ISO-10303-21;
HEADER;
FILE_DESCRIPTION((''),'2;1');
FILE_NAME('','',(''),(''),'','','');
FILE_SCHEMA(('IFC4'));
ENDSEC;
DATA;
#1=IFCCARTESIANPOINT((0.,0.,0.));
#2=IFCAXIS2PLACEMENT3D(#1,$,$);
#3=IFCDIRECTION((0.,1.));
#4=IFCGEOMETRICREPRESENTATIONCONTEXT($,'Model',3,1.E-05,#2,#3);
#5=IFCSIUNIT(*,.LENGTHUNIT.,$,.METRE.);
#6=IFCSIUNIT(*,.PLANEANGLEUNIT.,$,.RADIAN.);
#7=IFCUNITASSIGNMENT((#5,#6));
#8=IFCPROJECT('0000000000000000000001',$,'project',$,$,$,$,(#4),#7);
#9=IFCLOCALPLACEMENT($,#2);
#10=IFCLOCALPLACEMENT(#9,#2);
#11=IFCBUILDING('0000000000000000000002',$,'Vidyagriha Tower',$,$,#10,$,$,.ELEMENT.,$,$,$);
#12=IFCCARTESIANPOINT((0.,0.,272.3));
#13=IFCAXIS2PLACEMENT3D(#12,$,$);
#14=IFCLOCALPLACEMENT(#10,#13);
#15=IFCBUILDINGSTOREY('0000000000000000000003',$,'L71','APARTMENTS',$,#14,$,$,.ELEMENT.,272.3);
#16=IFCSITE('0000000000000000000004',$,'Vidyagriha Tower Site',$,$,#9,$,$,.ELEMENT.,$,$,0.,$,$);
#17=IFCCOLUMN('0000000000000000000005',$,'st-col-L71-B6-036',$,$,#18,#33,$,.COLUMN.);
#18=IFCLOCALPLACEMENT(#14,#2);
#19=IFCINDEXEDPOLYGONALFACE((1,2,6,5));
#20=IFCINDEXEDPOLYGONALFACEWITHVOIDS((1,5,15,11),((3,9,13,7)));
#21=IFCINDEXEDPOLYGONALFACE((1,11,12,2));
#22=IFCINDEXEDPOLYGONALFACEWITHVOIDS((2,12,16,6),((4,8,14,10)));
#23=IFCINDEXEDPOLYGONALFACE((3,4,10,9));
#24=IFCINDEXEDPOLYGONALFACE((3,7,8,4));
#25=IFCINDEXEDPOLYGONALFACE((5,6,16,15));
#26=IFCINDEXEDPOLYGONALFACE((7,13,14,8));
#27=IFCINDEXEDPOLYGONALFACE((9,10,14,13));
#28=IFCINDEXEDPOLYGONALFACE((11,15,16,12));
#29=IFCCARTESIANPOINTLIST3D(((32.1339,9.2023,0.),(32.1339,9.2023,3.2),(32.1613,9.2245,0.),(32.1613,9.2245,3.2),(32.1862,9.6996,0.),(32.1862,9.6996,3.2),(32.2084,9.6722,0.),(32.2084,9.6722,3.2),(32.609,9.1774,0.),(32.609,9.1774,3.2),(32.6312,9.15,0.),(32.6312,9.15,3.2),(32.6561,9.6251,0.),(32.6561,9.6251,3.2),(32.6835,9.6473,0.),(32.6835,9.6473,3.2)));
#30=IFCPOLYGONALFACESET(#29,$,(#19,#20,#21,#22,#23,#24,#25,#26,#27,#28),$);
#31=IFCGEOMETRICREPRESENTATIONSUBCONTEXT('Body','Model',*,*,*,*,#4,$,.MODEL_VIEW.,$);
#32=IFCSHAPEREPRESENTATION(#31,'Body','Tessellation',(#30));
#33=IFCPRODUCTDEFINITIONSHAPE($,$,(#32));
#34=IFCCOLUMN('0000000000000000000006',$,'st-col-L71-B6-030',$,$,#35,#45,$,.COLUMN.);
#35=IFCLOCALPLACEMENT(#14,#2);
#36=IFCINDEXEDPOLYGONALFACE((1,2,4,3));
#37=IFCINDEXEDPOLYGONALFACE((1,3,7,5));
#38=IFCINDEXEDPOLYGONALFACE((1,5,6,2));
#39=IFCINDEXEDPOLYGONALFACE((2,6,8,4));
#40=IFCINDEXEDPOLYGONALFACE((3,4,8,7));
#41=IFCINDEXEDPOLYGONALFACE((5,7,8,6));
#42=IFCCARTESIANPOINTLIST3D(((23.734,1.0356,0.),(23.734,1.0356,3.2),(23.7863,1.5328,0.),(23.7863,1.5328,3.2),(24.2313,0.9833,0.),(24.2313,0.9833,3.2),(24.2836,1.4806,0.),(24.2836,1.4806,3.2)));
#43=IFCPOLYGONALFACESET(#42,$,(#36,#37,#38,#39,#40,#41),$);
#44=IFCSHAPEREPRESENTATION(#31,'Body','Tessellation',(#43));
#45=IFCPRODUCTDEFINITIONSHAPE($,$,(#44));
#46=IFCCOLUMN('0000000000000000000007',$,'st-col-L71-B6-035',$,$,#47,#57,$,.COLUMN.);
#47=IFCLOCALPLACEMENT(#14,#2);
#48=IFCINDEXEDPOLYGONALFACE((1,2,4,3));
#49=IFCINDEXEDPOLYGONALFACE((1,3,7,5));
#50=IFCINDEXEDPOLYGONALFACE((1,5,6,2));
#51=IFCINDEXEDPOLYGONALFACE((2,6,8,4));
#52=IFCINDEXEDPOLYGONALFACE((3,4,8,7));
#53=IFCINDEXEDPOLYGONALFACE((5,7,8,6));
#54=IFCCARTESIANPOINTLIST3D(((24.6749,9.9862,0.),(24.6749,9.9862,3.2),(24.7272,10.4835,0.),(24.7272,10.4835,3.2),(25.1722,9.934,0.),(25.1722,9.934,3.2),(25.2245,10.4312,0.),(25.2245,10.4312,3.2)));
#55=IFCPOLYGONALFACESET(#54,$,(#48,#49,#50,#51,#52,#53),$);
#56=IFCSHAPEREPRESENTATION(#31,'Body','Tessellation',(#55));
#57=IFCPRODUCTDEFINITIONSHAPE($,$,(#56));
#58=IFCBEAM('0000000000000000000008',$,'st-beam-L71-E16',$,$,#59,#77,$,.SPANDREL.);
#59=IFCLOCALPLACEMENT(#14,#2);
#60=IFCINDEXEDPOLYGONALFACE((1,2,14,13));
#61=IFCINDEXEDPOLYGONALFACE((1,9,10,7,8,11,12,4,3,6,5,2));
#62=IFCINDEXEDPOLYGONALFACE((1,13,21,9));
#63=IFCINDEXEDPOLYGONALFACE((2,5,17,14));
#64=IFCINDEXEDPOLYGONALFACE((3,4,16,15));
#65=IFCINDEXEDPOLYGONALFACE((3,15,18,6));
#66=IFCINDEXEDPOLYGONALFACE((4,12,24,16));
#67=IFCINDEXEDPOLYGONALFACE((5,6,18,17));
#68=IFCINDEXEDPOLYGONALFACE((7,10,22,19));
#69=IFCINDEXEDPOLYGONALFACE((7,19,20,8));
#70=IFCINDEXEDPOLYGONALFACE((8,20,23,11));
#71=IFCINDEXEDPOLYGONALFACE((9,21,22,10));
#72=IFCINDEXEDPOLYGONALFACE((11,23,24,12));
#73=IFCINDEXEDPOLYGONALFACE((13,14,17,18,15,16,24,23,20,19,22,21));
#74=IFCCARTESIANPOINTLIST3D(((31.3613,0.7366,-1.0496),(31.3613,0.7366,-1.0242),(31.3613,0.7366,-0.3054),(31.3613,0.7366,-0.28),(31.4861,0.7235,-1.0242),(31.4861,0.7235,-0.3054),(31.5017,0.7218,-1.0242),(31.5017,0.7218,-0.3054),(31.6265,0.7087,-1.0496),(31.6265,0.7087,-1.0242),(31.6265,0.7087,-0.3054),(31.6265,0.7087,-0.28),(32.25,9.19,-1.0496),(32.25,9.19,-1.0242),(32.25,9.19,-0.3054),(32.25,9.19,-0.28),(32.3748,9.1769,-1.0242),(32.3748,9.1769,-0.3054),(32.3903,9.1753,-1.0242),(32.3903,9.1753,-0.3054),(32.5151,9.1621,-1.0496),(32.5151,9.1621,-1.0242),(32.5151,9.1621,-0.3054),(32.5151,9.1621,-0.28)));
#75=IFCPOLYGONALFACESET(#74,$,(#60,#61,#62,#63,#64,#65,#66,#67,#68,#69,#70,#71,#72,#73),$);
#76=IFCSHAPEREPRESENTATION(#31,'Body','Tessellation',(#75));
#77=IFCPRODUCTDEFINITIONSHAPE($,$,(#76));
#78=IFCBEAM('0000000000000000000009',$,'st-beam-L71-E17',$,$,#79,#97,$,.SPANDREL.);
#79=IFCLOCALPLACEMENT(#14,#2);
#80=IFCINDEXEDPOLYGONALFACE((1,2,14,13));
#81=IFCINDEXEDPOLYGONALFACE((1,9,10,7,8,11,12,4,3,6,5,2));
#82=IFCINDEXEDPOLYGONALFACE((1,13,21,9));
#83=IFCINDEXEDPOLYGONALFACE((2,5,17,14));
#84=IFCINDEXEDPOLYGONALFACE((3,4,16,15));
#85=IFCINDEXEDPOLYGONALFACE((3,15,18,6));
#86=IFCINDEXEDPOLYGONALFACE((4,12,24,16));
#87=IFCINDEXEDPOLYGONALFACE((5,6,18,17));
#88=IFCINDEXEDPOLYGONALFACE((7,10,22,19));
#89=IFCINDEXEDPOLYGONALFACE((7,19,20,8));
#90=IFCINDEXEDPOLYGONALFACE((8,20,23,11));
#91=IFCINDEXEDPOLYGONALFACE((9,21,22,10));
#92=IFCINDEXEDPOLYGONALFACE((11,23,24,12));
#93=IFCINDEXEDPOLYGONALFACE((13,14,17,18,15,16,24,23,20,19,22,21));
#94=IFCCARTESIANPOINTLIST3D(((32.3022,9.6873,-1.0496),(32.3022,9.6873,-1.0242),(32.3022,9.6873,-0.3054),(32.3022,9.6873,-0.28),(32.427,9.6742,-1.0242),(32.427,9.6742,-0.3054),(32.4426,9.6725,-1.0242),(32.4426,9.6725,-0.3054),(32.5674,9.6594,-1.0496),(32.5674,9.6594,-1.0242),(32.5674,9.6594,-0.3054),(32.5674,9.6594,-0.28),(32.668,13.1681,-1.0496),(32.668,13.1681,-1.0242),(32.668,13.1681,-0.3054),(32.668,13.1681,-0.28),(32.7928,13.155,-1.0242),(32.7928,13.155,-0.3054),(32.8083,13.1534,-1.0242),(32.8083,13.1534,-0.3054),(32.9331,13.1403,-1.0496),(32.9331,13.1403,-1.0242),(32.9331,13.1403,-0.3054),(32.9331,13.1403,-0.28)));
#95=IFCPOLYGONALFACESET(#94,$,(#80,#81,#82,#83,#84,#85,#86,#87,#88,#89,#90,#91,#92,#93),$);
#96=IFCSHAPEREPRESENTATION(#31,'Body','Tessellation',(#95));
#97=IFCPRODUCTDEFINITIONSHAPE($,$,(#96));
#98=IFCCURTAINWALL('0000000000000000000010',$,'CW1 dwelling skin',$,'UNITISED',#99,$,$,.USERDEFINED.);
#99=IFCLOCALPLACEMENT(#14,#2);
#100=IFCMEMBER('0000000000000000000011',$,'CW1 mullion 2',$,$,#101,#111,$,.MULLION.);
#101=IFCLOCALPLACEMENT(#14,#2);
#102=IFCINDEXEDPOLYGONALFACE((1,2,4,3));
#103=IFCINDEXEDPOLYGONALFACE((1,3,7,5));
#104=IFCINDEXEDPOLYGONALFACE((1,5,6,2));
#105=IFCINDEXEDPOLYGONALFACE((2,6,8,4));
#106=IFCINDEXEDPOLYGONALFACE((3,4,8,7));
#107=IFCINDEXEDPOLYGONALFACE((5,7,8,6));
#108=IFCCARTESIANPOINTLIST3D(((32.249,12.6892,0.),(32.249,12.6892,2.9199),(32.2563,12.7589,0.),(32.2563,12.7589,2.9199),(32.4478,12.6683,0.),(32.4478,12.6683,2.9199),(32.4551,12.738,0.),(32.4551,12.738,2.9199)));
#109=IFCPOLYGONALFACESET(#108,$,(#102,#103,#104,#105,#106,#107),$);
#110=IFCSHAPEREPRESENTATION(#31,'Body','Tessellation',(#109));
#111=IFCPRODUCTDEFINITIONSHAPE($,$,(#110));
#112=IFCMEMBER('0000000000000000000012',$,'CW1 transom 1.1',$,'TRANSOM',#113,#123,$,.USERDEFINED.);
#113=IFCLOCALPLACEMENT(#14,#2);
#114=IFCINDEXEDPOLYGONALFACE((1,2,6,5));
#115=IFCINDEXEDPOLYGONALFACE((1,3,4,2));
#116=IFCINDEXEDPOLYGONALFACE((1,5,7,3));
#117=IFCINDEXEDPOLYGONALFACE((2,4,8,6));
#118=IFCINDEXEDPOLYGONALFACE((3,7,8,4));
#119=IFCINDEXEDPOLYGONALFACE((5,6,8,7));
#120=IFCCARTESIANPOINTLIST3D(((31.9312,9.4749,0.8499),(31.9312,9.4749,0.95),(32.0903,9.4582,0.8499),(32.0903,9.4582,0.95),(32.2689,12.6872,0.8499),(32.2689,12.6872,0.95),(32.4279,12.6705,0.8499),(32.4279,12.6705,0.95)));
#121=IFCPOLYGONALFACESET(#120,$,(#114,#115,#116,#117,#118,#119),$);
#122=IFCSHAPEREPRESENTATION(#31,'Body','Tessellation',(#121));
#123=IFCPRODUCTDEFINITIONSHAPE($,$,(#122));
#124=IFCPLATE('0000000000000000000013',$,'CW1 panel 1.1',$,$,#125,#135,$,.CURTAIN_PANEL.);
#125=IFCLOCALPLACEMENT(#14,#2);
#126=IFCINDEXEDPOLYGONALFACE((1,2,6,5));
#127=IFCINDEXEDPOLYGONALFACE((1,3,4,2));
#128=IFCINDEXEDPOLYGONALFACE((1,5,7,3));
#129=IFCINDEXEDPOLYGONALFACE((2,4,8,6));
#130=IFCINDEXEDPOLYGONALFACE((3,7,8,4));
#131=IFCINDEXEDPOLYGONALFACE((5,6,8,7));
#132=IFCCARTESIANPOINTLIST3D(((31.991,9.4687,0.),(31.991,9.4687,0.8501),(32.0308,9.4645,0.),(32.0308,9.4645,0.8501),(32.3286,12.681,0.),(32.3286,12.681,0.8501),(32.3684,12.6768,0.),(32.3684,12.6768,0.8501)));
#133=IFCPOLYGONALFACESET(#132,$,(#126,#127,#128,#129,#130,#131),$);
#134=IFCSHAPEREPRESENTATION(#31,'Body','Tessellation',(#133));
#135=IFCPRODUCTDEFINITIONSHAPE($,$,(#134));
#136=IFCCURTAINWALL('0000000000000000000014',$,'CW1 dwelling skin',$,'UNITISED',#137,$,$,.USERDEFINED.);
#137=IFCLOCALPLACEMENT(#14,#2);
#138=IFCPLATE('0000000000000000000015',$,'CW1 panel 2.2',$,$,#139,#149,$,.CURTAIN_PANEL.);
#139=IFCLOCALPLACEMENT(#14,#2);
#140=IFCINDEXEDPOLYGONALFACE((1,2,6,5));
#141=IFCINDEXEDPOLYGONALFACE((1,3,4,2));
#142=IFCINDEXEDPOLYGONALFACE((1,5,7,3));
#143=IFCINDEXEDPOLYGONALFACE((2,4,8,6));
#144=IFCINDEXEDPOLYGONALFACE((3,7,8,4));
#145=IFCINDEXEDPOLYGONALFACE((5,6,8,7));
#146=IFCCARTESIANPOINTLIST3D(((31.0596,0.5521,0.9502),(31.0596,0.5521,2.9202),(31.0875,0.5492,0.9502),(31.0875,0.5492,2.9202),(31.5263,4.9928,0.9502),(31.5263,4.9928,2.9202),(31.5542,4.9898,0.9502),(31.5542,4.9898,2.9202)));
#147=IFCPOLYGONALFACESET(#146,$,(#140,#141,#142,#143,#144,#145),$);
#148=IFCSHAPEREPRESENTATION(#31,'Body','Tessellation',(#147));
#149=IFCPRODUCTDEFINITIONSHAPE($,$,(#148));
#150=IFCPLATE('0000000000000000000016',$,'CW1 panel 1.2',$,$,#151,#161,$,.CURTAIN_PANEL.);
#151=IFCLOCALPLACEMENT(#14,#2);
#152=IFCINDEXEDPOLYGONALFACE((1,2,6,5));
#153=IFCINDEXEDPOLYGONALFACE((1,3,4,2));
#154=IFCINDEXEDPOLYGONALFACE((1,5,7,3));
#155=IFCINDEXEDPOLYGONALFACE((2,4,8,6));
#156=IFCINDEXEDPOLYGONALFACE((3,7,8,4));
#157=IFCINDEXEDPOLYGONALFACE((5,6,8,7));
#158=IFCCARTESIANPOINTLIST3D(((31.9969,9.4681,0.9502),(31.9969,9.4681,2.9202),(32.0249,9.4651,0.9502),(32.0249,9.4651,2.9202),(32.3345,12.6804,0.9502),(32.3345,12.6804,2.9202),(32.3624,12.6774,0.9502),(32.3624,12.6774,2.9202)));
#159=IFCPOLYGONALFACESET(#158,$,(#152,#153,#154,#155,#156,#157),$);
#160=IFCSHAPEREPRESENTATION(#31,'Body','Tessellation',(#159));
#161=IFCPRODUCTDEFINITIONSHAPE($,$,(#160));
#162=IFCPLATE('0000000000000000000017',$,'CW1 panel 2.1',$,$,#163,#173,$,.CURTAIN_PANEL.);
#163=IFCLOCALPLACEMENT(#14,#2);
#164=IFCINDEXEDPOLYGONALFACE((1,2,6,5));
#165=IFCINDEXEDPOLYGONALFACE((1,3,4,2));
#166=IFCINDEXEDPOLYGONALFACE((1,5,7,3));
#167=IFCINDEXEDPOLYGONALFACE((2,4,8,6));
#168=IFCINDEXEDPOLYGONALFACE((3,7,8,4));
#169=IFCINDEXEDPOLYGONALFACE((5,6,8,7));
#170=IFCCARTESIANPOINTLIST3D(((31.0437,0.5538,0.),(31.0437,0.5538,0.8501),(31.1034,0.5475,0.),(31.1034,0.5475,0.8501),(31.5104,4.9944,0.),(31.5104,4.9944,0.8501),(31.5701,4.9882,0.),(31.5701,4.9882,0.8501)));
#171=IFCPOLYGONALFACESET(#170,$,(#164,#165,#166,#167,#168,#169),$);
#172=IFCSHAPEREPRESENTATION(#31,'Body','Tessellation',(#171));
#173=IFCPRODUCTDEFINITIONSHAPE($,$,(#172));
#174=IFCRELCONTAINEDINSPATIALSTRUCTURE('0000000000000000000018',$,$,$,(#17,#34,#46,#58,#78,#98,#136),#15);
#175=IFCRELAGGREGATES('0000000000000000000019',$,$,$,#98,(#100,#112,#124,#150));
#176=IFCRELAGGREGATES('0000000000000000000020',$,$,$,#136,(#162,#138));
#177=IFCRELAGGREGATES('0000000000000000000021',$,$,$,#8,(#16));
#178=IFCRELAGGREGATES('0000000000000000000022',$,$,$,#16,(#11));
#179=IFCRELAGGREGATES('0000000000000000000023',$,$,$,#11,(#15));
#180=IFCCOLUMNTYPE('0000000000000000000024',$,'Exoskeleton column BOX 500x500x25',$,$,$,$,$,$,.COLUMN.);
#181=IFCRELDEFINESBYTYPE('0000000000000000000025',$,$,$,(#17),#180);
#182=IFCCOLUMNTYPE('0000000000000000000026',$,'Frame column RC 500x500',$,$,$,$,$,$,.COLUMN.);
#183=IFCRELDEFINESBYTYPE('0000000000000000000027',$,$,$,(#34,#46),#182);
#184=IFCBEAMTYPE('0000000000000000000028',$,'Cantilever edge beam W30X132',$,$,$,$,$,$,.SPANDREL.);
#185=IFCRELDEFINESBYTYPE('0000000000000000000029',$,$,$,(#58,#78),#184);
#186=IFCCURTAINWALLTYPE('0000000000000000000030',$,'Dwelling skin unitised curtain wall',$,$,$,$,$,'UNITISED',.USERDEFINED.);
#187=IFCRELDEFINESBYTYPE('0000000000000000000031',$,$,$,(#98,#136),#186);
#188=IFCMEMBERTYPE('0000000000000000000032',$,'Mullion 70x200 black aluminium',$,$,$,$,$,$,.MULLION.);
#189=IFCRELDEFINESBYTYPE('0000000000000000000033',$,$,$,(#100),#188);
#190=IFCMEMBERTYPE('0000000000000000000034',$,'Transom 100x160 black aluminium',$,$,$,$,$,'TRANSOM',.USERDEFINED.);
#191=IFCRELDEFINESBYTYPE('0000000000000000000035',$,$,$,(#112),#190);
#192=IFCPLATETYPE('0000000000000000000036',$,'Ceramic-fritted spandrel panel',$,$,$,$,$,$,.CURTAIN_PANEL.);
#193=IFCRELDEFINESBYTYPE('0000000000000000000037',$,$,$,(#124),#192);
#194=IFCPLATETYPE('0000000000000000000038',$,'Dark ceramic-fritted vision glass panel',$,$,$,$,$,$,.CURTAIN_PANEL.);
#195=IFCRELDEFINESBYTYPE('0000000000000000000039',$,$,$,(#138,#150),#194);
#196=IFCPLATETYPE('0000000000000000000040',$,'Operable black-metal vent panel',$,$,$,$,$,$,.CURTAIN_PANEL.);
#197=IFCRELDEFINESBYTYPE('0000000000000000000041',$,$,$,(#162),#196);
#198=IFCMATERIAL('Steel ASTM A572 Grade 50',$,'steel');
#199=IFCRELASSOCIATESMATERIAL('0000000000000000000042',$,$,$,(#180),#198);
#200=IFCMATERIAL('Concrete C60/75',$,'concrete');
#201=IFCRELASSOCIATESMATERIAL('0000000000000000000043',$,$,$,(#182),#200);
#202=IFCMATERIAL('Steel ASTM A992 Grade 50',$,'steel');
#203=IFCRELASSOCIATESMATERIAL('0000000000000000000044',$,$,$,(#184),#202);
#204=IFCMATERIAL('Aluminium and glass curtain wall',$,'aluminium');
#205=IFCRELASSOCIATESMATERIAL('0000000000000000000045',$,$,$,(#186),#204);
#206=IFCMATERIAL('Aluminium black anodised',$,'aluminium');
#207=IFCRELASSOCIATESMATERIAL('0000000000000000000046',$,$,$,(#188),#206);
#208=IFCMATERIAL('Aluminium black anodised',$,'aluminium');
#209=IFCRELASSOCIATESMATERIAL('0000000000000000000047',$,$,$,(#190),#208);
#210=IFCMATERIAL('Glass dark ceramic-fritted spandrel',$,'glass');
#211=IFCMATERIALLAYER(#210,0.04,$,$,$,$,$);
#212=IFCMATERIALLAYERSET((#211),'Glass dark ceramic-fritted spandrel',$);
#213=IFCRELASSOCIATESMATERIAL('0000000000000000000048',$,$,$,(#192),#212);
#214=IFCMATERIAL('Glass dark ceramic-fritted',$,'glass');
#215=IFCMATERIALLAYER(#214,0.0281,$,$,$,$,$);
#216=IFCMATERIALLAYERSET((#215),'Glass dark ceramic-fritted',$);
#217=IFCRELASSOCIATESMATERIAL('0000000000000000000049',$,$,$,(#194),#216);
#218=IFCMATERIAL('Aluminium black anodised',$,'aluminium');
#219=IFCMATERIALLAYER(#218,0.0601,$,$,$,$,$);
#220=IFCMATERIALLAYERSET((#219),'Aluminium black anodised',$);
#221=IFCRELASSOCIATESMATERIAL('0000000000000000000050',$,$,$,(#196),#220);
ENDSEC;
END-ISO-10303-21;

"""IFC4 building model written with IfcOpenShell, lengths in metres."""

from ifc_helpers import new_model, si_unit, direction, frame, origin, origin_2d, place, context, subcontext, project, spatial, rectangle, hollow_rectangle, i_section, extrude, material, layer, layer_set, material_profile, profile_set, type_object, element, aggregate, save


model = new_model("IFC4")

# Units and contexts
model_context = context("Model", 3, precision=1e-05, world=origin(), true_north=direction((0.0, 1.0)))
body_context = subcontext(model_context, "Body", "Model", "MODEL_VIEW")
ifc_project = project(units=[si_unit("LENGTHUNIT", "METRE"), si_unit("PLANEANGLEUNIT", "RADIAN")], contexts=[model_context])

# Site, building, storey
site_placement = place(None, origin())
site = spatial("IfcSite", under=ifc_project, at=site_placement, Name="Vidyagriha Tower Site", CompositionType="ELEMENT", RefElevation=0.0)
building_placement = place(site_placement, origin())
building = spatial("IfcBuilding", under=site, at=building_placement, Name="Vidyagriha Tower", CompositionType="ELEMENT")
storey_placement = place(building_placement, frame((0.0, 0.0, 272.3)))
storey = spatial("IfcBuildingStorey", under=building, at=storey_placement, Name="L71", Description="APARTMENTS", CompositionType="ELEMENT", Elevation=272.3)

# Columns
ifc_material_1 = material(Name="Steel ASTM A572 Grade 50", Category="steel")
ifc_material_profile_1 = material_profile(ifc_material_1, hollow_rectangle(XDim=0.5, YDim=0.5, WallThickness=0.0249, at=origin_2d()), Name="BOX 500x500x25")
ifc_profile_set_1 = profile_set([ifc_material_profile_1], Name="Steel ASTM A572 Grade 50")
column_type_1 = type_object("IfcColumnType", Name="Exoskeleton column BOX 500x500x25", PredefinedType="COLUMN", material=ifc_profile_set_1)
column_placement = place(storey_placement, frame((32.4087, 9.4248, 0.0), z_axis=(0.0, 0.0, 1.0), x_axis=(0.994522, -0.104528, 0.0)))
element("IfcColumn", 1, at=column_placement, inside=storey, type_object=column_type_1, Name="st-col-L71-B6-036", PredefinedType="COLUMN", context=body_context, shape_type="SweptSolid", body=[
    extrude(hollow_rectangle(XDim=0.5, YDim=0.5, WallThickness=0.0249, at=origin_2d()), origin(), (0.0, 0.0, 1.0), 3.2),
])
ifc_material_2 = material(Name="Concrete C60/75", Category="concrete")
ifc_material_profile_2 = material_profile(ifc_material_2, rectangle(XDim=0.5, YDim=0.5, at=origin_2d()), Name="RC 500x500")
ifc_profile_set_2 = profile_set([ifc_material_profile_2], Name="Concrete C60/75")
column_type_2 = type_object("IfcColumnType", Name="Frame column RC 500x500", PredefinedType="COLUMN", material=ifc_profile_set_2)
for number, where, z_axis, x_axis, name in (
    (2, (24.0088, 1.2581, 0.0), (0.0, 0.0, 1.0), (0.994522, -0.104528, 0.0), "st-col-L71-B6-030"),
    (3, (24.9497, 10.2087, 0.0), (0.0, 0.0, 1.0), (0.994522, -0.104528, 0.0), "st-col-L71-B6-035"),
):
    element("IfcColumn", number, at=place(storey_placement, frame(where, z_axis=z_axis, x_axis=x_axis)), inside=storey, type_object=column_type_2, Name=name, PredefinedType="COLUMN", context=body_context, shape_type="SweptSolid", body=[
        extrude(rectangle(XDim=0.5, YDim=0.5, at=origin_2d()), origin(), (0.0, 0.0, 1.0), 3.2),
    ])

# Beams
ifc_material_3 = material(Name="Steel ASTM A992 Grade 50", Category="steel")
ifc_material_profile_3 = material_profile(ifc_material_3, i_section(OverallWidth=0.2666, OverallDepth=0.7695, WebThickness=0.0156, FlangeThickness=0.0254, at=origin_2d()), Name="W30X132")
ifc_profile_set_3 = profile_set([ifc_material_profile_3], Name="Steel ASTM A992 Grade 50")
beam_type = type_object("IfcBeamType", Name="Cantilever edge beam W30X132", PredefinedType="SPANDREL", material=ifc_profile_set_3)
beam_1_placement = place(storey_placement, frame((31.4939, 0.7227, -0.6648), z_axis=(0.10455, 0.99452, 0.0), x_axis=(-0.99452, 0.10455, 0.0)))
element("IfcBeam", 4, at=beam_1_placement, inside=storey, type_object=beam_type, Name="st-beam-L71-E16", PredefinedType="SPANDREL", context=body_context, shape_type="SweptSolid", body=[
    extrude(i_section(OverallWidth=0.2666, OverallDepth=0.7695, WebThickness=0.0156, FlangeThickness=0.0254, at=origin_2d()), origin(), (0.0, 0.0, 1.0), 8.5),
])
beam_2_placement = place(storey_placement, frame((32.4348, 9.6733, -0.6648), z_axis=(0.104489, 0.994526, 0.0), x_axis=(-0.994526, 0.104489, 0.0)))
element("IfcBeam", 5, at=beam_2_placement, inside=storey, type_object=beam_type, Name="st-beam-L71-E17", PredefinedType="SPANDREL", context=body_context, shape_type="SweptSolid", body=[
    extrude(i_section(OverallWidth=0.2666, OverallDepth=0.7695, WebThickness=0.0156, FlangeThickness=0.0254, at=origin_2d()), origin(), (0.0, 0.0, 1.0), 3.5),
])

# Curtain wall, members, plate
ifc_material_4 = material(Name="Aluminium and glass curtain wall", Category="aluminium")
curtain_wall_type = type_object("IfcCurtainWallType", Name="Dwelling skin unitised curtain wall", ElementType="UNITISED", PredefinedType="USERDEFINED", material=ifc_material_4)
curtain_wall_1_placement = place(storey_placement, origin())
curtain_wall_1 = element("IfcCurtainWall", 6, at=curtain_wall_1_placement, inside=storey, type_object=curtain_wall_type, Name="CW1 dwelling skin", ObjectType="UNITISED", PredefinedType="USERDEFINED")
ifc_material_5 = material(Name="Aluminium black anodised", Category="aluminium")
ifc_material_profile_4 = material_profile(ifc_material_5, rectangle(XDim=0.2, YDim=0.0701, at=origin_2d()), Name="Mullion 70x200 black aluminium")
ifc_profile_set_4 = profile_set([ifc_material_profile_4], Name="Aluminium black anodised")
member_type_1 = type_object("IfcMemberType", Name="Mullion 70x200 black aluminium", PredefinedType="MULLION", material=ifc_profile_set_4)
member_1_placement = place(storey_placement, frame((32.3521, 12.7136, 0.0), z_axis=(0.0, 0.0, 1.0), x_axis=(-0.994523, 0.104516, 0.0)))
member_1 = element("IfcMember", 7, at=member_1_placement, type_object=member_type_1, Name="CW1 mullion 2", PredefinedType="MULLION", context=body_context, shape_type="SweptSolid", body=[
    extrude(rectangle(XDim=0.2, YDim=0.0701, at=origin_2d()), origin(), (0.0, 0.0, 1.0), 2.9199),
])
ifc_material_6 = material(Name="Aluminium black anodised", Category="aluminium")
ifc_material_profile_5 = material_profile(ifc_material_6, rectangle(XDim=0.1599, YDim=0.1001, at=origin_2d()), Name="Transom 100x160 black aluminium")
ifc_profile_set_5 = profile_set([ifc_material_profile_5], Name="Aluminium black anodised")
member_type_2 = type_object("IfcMemberType", Name="Transom 100x160 black aluminium", ElementType="TRANSOM", PredefinedType="USERDEFINED", material=ifc_profile_set_5)
member_2_placement = place(storey_placement, frame((32.0107, 9.4666, 0.8999), z_axis=(0.104531, 0.994522, 0.0), x_axis=(-0.994522, 0.104531, 0.0)))
member_2 = element("IfcMember", 8, at=member_2_placement, type_object=member_type_2, Name="CW1 transom 1.1", ObjectType="TRANSOM", PredefinedType="USERDEFINED", context=body_context, shape_type="SweptSolid", body=[
    extrude(rectangle(XDim=0.1599, YDim=0.1001, at=origin_2d()), origin(), (0.0, 0.0, 1.0), 3.23),
])
ifc_material_7 = material(Name="Glass dark ceramic-fritted spandrel", Category="glass")
ifc_layer_1 = layer(ifc_material_7, 0.04)
ifc_layer_set_1 = layer_set([ifc_layer_1], Name="Glass dark ceramic-fritted spandrel")
plate_type_1 = type_object("IfcPlateType", Name="Ceramic-fritted spandrel panel", PredefinedType="CURTAIN_PANEL", material=ifc_layer_set_1)
plate_1_placement = place(storey_placement, frame((32.1797, 11.0728, 0.0), z_axis=(0.0, 0.0, 1.0), x_axis=(0.104516, 0.994523, 0.0)))
plate_1 = element("IfcPlate", 9, at=plate_1_placement, type_object=plate_type_1, Name="CW1 panel 1.1", PredefinedType="CURTAIN_PANEL", context=body_context, shape_type="SweptSolid", body=[
    extrude(rectangle(XDim=3.23, YDim=0.04, at=origin_2d()), origin(), (0.0, 0.0, 1.0), 0.8501),
])

# Curtain wall, plate
curtain_wall_2_placement = place(storey_placement, origin())
curtain_wall_2 = element("IfcCurtainWall", 10, at=curtain_wall_2_placement, inside=storey, type_object=curtain_wall_type, Name="CW1 dwelling skin", ObjectType="UNITISED", PredefinedType="USERDEFINED")
ifc_material_8 = material(Name="Glass dark ceramic-fritted", Category="glass")
ifc_layer_2 = layer(ifc_material_8, 0.0281)
ifc_layer_set_2 = layer_set([ifc_layer_2], Name="Glass dark ceramic-fritted")
plate_type_2 = type_object("IfcPlateType", Name="Dark ceramic-fritted vision glass panel", PredefinedType="CURTAIN_PANEL", material=ifc_layer_set_2)
plate_2_placement = place(storey_placement, frame((31.3069, 2.771, 0.9502), z_axis=(0.0, 0.0, 1.0), x_axis=(0.10453, 0.994522, 0.0)))
plate_2 = element("IfcPlate", 11, at=plate_2_placement, type_object=plate_type_2, Name="CW1 panel 2.2", PredefinedType="CURTAIN_PANEL", context=body_context, shape_type="SweptSolid", body=[
    extrude(rectangle(XDim=4.4651, YDim=0.0281, at=origin_2d()), origin(), (0.0, 0.0, 1.0), 1.97),
])

# Plates
plate_3_placement = place(storey_placement, frame((32.1797, 11.0728, 0.9502), z_axis=(0.0, 0.0, 1.0), x_axis=(0.104516, 0.994523, 0.0)))
plate_3 = element("IfcPlate", 12, at=plate_3_placement, type_object=plate_type_2, Name="CW1 panel 1.2", PredefinedType="CURTAIN_PANEL", context=body_context, shape_type="SweptSolid", body=[
    extrude(rectangle(XDim=3.23, YDim=0.0281, at=origin_2d()), origin(), (0.0, 0.0, 1.0), 1.97),
])
aggregate(curtain_wall_1, [member_1, member_2, plate_1, plate_3])
ifc_material_9 = material(Name="Aluminium black anodised", Category="aluminium")
ifc_layer_3 = layer(ifc_material_9, 0.0601)
ifc_layer_set_3 = layer_set([ifc_layer_3], Name="Aluminium black anodised")
plate_type_3 = type_object("IfcPlateType", Name="Operable black-metal vent panel", PredefinedType="CURTAIN_PANEL", material=ifc_layer_set_3)
plate_4_placement = place(storey_placement, frame((31.3069, 2.771, 0.0), z_axis=(0.0, 0.0, 1.0), x_axis=(0.10453, 0.994522, 0.0)))
plate_4 = element("IfcPlate", 13, at=plate_4_placement, type_object=plate_type_3, Name="CW1 panel 2.1", PredefinedType="CURTAIN_PANEL", context=body_context, shape_type="SweptSolid", body=[
    extrude(rectangle(XDim=4.4651, YDim=0.0601, at=origin_2d()), origin(), (0.0, 0.0, 1.0), 0.8501),
])
aggregate(curtain_wall_2, [plate_4, plate_2])

save(model, "model.ifc")
